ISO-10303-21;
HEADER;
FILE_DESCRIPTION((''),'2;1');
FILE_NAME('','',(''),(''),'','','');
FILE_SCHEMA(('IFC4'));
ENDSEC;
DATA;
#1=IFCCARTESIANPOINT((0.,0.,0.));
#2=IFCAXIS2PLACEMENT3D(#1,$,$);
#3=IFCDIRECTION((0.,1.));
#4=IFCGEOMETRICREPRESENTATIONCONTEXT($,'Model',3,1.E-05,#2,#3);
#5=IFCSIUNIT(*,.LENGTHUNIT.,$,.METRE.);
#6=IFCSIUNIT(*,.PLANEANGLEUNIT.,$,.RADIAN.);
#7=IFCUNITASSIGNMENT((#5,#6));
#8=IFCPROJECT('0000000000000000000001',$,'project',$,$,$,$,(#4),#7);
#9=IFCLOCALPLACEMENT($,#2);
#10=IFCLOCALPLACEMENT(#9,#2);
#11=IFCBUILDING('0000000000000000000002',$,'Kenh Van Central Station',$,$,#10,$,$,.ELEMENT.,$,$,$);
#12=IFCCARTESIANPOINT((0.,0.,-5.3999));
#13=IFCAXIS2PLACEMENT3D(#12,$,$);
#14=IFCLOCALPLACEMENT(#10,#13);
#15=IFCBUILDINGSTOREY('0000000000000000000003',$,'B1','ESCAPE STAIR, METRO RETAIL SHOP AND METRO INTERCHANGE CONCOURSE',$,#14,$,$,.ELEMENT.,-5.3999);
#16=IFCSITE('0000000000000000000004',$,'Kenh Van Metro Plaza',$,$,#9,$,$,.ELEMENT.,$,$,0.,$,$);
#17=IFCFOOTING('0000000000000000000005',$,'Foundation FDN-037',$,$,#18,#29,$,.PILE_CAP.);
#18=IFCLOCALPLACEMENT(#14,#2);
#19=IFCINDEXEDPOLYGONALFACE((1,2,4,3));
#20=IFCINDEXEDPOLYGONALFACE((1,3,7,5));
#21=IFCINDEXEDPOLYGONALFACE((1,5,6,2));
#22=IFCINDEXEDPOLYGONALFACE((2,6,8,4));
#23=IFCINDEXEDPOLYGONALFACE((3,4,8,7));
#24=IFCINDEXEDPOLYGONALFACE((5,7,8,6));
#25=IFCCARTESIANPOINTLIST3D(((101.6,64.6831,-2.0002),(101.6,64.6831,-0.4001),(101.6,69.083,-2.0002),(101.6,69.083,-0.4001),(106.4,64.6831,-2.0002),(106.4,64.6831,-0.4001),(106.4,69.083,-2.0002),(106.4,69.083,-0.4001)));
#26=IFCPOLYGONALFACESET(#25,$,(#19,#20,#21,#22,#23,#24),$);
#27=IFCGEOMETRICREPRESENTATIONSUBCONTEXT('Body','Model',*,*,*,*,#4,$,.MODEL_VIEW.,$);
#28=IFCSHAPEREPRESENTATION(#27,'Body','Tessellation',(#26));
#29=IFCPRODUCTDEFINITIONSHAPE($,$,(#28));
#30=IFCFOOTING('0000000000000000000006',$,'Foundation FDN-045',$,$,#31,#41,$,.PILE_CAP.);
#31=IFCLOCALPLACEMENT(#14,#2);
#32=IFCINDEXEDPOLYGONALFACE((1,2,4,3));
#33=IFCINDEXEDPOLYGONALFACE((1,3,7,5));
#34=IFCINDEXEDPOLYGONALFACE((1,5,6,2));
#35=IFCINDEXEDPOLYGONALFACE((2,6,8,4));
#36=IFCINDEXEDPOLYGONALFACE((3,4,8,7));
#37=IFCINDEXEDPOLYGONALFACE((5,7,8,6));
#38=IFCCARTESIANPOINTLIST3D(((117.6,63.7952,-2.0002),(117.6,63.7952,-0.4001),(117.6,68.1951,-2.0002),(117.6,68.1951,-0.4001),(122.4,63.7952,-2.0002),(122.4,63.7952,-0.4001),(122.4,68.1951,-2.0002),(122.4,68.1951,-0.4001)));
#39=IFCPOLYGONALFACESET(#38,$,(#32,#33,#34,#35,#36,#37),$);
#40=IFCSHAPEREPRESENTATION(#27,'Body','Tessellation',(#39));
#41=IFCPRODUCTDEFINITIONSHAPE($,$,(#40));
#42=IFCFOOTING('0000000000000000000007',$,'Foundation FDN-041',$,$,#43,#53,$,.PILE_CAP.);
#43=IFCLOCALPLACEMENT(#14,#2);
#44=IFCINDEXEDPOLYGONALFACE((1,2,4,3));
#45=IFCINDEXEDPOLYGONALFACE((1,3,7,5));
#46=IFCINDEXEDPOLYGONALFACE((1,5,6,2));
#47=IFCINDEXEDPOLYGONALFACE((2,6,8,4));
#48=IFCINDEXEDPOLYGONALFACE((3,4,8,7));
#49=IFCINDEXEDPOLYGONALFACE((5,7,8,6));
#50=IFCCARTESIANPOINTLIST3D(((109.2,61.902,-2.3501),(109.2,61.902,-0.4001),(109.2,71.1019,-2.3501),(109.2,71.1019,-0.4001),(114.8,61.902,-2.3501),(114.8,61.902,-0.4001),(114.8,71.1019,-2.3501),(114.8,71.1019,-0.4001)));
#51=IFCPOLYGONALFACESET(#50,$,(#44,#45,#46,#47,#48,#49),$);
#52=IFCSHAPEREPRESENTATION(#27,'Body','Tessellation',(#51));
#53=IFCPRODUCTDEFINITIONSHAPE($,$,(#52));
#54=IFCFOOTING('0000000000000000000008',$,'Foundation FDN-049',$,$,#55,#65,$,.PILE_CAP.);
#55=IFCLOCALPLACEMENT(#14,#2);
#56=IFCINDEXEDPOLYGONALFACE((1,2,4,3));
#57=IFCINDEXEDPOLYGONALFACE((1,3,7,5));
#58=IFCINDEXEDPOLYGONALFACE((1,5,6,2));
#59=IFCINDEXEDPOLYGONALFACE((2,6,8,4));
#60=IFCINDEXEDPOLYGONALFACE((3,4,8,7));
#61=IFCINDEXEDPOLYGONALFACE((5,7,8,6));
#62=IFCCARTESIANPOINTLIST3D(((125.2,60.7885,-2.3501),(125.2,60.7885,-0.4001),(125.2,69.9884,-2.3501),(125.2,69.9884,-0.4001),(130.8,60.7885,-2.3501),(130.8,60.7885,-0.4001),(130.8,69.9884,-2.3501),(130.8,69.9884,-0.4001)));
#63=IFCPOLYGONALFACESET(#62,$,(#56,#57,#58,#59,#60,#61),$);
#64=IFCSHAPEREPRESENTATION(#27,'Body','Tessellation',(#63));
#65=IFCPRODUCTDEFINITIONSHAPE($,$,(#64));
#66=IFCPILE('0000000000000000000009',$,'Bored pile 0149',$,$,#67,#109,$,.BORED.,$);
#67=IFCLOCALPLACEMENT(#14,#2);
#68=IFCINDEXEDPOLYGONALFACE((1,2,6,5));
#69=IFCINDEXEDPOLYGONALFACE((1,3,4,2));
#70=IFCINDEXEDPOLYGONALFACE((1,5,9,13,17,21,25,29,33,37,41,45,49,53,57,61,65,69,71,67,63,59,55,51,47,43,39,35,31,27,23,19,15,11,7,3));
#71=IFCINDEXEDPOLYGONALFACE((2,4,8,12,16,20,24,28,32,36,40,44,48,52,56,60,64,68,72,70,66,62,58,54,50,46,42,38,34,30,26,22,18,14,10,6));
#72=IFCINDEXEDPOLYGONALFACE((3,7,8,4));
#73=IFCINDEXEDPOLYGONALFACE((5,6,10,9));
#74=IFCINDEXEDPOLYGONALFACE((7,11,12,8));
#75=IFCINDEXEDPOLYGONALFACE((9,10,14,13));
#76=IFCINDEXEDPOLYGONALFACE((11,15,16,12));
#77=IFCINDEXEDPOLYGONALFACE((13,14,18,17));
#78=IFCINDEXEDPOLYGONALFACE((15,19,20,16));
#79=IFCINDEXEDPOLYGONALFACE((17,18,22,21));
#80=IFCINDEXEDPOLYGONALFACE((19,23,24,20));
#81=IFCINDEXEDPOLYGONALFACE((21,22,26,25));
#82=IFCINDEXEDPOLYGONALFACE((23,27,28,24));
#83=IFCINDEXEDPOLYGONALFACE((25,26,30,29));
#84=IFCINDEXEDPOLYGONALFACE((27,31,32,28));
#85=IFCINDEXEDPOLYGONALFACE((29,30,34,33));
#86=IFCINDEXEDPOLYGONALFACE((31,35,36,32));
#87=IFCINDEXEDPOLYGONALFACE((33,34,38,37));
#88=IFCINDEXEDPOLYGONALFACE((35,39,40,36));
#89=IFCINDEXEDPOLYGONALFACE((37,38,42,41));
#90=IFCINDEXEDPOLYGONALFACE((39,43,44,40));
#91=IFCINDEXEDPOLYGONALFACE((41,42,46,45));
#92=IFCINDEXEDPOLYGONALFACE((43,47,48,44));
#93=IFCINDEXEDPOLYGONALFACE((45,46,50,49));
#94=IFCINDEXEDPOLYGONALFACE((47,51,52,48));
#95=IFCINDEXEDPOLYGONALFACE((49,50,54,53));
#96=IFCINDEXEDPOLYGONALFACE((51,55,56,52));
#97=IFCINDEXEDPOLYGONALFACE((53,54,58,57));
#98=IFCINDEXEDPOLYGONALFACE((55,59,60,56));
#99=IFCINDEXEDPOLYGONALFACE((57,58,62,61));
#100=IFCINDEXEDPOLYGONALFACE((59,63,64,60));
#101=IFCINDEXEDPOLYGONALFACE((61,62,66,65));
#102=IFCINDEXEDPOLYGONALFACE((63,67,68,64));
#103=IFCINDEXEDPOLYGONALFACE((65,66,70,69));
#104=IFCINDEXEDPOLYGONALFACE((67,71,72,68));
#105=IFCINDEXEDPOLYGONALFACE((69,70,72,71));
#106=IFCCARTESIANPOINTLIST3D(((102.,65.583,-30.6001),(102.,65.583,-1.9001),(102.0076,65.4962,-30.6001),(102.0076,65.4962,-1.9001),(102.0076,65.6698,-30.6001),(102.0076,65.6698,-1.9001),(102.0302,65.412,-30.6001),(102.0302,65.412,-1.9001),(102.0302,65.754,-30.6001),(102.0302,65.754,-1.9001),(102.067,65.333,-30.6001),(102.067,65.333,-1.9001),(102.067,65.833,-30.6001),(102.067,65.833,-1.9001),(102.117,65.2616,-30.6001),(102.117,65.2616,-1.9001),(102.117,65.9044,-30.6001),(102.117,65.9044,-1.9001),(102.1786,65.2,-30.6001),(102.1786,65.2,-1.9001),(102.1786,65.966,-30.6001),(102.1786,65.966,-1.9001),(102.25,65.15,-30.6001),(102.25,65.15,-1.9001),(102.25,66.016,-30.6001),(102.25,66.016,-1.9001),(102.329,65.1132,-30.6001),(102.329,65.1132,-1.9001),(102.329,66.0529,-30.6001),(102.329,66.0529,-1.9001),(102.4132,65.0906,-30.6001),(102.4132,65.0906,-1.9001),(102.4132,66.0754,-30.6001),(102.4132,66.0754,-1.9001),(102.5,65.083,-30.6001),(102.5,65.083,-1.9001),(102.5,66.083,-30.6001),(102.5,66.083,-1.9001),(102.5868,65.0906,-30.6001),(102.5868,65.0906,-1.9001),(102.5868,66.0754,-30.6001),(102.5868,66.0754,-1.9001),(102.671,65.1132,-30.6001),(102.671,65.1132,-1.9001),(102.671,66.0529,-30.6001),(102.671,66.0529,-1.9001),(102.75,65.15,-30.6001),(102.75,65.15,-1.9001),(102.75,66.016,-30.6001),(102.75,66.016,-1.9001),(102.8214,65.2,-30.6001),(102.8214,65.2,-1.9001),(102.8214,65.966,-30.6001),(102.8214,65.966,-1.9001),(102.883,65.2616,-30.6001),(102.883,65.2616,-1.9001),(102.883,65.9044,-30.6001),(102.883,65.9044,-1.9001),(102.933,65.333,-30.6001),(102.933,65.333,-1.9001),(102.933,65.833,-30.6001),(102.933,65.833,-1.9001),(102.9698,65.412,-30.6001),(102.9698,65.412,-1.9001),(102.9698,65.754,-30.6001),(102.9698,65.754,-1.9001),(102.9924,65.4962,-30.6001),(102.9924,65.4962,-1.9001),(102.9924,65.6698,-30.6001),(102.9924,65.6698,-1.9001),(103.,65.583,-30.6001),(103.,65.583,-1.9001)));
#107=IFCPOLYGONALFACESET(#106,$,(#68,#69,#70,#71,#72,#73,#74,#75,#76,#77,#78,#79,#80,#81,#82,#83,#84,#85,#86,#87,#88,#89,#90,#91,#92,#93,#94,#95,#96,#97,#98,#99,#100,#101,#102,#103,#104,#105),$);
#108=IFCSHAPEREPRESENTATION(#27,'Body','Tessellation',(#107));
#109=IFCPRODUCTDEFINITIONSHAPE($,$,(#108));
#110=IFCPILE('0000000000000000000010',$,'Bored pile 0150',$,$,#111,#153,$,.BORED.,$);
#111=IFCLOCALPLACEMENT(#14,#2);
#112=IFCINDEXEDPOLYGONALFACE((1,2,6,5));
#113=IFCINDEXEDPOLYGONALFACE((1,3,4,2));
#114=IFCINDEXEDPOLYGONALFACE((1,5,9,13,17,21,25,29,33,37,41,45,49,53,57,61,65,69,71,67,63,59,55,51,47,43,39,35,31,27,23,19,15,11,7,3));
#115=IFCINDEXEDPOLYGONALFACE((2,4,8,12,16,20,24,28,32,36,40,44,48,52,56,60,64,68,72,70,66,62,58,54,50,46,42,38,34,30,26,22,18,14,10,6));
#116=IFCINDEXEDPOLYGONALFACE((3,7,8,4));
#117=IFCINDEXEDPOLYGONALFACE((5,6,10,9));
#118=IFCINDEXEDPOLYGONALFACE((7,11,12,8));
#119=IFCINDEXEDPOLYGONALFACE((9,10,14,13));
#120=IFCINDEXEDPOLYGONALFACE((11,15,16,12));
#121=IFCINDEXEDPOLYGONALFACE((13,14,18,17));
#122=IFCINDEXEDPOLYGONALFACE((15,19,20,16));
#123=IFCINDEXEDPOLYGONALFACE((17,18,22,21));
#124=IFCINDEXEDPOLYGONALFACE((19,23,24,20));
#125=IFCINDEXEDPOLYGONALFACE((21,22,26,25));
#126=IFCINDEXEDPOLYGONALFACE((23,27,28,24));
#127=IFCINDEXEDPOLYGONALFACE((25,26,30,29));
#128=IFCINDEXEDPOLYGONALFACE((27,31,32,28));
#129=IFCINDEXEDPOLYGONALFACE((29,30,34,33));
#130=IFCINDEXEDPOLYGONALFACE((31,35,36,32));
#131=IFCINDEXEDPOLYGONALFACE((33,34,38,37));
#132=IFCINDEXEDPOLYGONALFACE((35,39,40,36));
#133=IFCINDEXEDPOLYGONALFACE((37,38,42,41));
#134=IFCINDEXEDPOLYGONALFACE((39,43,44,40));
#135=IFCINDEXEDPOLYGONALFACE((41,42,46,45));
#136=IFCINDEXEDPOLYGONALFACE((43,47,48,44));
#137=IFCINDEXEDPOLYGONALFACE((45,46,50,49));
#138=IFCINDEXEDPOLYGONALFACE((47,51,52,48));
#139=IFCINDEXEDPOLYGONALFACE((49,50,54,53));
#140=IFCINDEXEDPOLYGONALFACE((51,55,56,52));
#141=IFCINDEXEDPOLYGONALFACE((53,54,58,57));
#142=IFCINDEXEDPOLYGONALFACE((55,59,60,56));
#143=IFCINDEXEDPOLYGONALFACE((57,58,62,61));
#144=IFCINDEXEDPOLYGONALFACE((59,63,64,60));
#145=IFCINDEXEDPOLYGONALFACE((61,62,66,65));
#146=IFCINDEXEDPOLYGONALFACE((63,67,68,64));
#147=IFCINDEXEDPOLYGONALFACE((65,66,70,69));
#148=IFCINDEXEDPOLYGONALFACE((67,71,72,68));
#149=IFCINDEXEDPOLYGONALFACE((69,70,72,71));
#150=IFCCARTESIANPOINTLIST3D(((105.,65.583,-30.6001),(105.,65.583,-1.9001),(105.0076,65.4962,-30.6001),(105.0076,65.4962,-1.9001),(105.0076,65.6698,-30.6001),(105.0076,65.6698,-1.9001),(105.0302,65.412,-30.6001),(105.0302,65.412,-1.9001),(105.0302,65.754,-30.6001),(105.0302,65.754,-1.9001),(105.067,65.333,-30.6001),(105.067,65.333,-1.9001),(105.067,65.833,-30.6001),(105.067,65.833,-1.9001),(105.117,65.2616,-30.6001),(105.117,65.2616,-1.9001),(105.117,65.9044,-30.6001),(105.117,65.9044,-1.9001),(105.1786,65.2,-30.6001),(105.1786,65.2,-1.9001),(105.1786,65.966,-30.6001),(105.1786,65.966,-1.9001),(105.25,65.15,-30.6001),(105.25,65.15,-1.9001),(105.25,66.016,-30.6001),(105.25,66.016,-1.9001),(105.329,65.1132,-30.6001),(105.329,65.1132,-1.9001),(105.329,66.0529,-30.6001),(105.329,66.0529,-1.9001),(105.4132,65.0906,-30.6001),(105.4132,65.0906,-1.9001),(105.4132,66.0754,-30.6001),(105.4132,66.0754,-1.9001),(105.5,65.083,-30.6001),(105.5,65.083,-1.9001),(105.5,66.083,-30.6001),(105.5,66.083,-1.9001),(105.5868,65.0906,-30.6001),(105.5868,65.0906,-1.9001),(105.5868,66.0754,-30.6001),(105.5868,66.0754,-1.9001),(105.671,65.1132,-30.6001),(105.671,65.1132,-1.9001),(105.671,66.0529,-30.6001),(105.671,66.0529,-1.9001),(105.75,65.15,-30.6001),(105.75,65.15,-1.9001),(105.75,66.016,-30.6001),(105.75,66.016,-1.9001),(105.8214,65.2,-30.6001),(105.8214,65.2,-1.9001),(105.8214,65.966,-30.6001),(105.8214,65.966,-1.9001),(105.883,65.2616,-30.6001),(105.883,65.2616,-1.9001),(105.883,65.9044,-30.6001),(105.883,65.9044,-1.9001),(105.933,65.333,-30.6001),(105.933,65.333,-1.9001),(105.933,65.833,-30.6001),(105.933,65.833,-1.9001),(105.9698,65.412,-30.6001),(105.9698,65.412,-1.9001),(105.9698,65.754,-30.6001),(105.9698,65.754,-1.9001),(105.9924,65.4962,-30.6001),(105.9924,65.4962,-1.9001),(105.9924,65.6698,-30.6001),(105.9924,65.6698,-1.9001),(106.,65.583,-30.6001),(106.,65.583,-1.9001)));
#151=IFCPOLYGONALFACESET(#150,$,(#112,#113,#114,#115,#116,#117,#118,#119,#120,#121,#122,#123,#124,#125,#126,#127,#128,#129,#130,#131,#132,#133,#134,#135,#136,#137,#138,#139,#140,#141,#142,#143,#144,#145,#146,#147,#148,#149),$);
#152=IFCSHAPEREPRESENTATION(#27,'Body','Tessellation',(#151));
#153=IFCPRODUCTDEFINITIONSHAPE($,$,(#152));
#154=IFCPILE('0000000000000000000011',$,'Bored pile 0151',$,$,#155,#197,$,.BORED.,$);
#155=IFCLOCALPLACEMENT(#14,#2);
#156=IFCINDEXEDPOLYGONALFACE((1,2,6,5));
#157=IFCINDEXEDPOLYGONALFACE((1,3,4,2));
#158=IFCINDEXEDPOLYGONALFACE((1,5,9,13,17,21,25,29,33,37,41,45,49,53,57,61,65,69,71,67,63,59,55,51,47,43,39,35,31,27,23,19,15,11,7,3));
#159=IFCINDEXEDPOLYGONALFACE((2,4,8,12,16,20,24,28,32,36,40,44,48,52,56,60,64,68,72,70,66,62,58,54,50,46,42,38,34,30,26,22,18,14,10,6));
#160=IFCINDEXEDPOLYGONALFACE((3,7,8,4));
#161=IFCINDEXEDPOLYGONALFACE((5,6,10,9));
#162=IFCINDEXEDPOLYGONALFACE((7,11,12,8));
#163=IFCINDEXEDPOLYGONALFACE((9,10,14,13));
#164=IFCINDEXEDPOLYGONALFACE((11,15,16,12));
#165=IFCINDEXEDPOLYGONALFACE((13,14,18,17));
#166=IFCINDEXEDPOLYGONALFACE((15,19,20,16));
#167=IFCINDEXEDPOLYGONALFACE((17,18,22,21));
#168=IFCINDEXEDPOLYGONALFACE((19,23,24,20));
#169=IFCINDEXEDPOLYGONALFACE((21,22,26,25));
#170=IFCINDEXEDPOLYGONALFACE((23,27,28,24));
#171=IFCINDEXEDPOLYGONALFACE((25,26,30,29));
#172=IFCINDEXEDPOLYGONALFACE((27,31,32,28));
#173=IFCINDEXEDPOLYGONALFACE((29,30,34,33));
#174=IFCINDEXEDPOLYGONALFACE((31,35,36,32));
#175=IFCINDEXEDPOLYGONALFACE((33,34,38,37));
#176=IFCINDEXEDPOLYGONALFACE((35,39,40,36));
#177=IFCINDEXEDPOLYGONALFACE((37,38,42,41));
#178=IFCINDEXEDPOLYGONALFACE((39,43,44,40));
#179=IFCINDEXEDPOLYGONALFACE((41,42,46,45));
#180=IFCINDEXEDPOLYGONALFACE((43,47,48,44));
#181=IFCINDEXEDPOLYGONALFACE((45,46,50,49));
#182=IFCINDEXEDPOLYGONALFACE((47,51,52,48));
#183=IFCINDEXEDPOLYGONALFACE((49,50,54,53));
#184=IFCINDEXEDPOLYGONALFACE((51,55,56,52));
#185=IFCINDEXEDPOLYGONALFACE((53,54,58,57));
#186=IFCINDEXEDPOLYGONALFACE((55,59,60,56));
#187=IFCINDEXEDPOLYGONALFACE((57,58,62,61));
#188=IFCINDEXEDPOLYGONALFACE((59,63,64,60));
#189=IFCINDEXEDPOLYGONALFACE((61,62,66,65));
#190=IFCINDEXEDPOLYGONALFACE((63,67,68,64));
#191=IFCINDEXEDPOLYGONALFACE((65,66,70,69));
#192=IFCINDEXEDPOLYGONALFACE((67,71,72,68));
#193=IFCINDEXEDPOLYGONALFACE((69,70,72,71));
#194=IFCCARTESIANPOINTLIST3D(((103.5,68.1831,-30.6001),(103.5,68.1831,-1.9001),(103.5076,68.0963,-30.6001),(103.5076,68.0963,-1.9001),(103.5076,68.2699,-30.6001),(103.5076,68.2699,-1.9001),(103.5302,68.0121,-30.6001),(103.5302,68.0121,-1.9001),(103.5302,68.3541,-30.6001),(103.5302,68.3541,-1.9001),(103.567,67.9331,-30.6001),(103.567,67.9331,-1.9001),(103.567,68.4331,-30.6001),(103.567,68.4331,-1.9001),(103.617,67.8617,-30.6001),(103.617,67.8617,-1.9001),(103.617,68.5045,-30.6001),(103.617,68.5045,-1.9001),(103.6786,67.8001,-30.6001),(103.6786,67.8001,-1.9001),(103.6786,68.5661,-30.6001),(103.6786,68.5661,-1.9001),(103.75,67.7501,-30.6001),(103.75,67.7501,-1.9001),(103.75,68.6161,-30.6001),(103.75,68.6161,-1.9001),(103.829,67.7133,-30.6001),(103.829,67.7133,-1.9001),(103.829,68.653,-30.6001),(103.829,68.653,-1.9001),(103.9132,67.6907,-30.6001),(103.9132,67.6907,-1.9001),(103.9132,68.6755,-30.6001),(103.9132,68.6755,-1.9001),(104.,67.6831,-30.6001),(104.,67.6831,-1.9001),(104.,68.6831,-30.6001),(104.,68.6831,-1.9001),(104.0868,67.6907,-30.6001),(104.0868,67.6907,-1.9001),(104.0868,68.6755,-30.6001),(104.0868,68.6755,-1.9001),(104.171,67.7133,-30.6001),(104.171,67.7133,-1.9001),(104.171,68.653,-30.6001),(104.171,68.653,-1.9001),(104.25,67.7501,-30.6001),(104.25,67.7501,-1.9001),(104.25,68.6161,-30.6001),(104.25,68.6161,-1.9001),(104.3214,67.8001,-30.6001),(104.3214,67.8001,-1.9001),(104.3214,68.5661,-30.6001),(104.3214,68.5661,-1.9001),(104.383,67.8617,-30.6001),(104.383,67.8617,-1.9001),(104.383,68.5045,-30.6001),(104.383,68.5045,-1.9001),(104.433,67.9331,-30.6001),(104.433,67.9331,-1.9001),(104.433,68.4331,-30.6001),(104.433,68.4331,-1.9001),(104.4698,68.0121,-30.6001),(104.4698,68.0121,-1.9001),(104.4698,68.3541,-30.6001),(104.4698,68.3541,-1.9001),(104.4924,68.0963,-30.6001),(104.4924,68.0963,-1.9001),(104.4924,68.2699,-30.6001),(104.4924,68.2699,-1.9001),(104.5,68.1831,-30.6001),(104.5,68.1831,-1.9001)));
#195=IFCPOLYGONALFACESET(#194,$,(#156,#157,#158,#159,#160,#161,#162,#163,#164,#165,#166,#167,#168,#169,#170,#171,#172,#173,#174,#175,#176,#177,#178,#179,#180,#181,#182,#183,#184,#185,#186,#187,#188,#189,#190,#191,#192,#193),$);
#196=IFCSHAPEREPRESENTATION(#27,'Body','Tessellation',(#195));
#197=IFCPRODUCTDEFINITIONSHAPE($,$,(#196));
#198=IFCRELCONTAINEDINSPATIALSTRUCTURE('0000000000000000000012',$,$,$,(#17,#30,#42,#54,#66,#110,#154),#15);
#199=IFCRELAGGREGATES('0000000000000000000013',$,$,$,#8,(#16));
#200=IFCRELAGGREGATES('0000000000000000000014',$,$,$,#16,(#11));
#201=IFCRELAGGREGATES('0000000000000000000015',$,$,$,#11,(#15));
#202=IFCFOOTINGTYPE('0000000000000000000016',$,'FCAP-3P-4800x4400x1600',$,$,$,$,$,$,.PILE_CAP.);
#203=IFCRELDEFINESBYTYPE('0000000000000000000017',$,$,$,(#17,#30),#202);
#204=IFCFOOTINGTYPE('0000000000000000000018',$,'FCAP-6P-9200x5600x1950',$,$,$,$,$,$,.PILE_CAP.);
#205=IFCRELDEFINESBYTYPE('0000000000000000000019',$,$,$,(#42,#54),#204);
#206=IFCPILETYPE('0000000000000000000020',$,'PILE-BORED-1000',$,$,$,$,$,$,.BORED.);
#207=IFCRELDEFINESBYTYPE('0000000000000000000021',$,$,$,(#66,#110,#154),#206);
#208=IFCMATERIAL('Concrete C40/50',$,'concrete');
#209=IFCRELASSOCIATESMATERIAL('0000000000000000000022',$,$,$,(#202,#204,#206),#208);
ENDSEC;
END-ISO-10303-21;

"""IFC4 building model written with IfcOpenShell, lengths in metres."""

from ifc_helpers import new_model, si_unit, direction, frame, origin, origin_2d, place, context, subcontext, project, spatial, rectangle, circle, extrude, material, material_profile, profile_set, type_object, element, save


model = new_model("IFC4")

# Units and contexts
model_context = context("Model", 3, precision=1e-05, world=origin(), true_north=direction((0.0, 1.0)))
body_context = subcontext(model_context, "Body", "Model", "MODEL_VIEW")
ifc_project = project(units=[si_unit("LENGTHUNIT", "METRE"), si_unit("PLANEANGLEUNIT", "RADIAN")], contexts=[model_context])

# Site, building, storey
site_placement = place(None, origin())
site = spatial("IfcSite", under=ifc_project, at=site_placement, Name="Kenh Van Metro Plaza", CompositionType="ELEMENT", RefElevation=0.0)
building_placement = place(site_placement, origin())
building = spatial("IfcBuilding", under=site, at=building_placement, Name="Kenh Van Central Station", CompositionType="ELEMENT")
storey_placement = place(building_placement, frame((0.0, 0.0, -5.3999)))
storey = spatial("IfcBuildingStorey", under=building, at=storey_placement, Name="B1", Description="ESCAPE STAIR, METRO RETAIL SHOP AND METRO INTERCHANGE CONCOURSE", CompositionType="ELEMENT", Elevation=-5.3999)

# Footings
ifc_material = material(Name="Concrete C40/50", Category="concrete")
footing_type_1 = type_object("IfcFootingType", Name="FCAP-3P-4800x4400x1600", PredefinedType="PILE_CAP", material=ifc_material)
for number, where, z_axis, x_axis, name in (
    (1, (104.0, 66.8831, -2.0002), (0.0, 0.0, 1.0), (1.0, 0.0, 0.0), "Foundation FDN-037"),
    (2, (120.0, 65.9951, -2.0002), (0.0, 0.0, 1.0), (1.0, 0.0, 0.0), "Foundation FDN-045"),
):
    element("IfcFooting", number, at=place(storey_placement, frame(where, z_axis=z_axis, x_axis=x_axis)), inside=storey, type_object=footing_type_1, Name=name, PredefinedType="PILE_CAP", context=body_context, shape_type="SweptSolid", body=[
        extrude(rectangle(XDim=4.8, YDim=4.3999, at=origin_2d()), origin(), (0.0, 0.0, 1.0), 1.6001),
    ])
footing_type_2 = type_object("IfcFootingType", Name="FCAP-6P-9200x5600x1950", PredefinedType="PILE_CAP", material=ifc_material)
for number, where, z_axis, x_axis, name in (
    (3, (112.0, 66.502, -2.3501), (0.0, 0.0, 1.0), (0.0, 1.0, 0.0), "Foundation FDN-041"),
    (4, (128.0, 65.3884, -2.3501), (0.0, 0.0, 1.0), (0.0, 1.0, 0.0), "Foundation FDN-049"),
):
    element("IfcFooting", number, at=place(storey_placement, frame(where, z_axis=z_axis, x_axis=x_axis)), inside=storey, type_object=footing_type_2, Name=name, PredefinedType="PILE_CAP", context=body_context, shape_type="SweptSolid", body=[
        extrude(rectangle(XDim=9.2, YDim=5.6001, at=origin_2d()), origin(), (0.0, 0.0, 1.0), 1.95),
    ])

# Piles
ifc_material_profile_1 = material_profile(ifc_material, circle(Radius=0.5, at=origin_2d()), Name="PILE D1000")
ifc_profile_set_1 = profile_set([ifc_material_profile_1], Name="Concrete C40/50")
pile_type_1 = type_object("IfcPileType", Name="PILE-BORED-1000", PredefinedType="BORED", material=ifc_profile_set_1)
for number, where, z_axis, x_axis, name in (
    (5, (102.5, 65.583, -1.9001), (0.0, 0.0, -1.0), (1.0, 0.0, 0.0), "Bored pile 0149"),
    (6, (105.5, 65.583, -1.9001), (0.0, 0.0, -1.0), (1.0, 0.0, 0.0), "Bored pile 0150"),
    (7, (104.0, 68.1831, -1.9001), (0.0, 0.0, -1.0), (1.0, 0.0, 0.0), "Bored pile 0151"),
):
    element("IfcPile", number, at=place(storey_placement, frame(where, z_axis=z_axis, x_axis=x_axis)), inside=storey, type_object=pile_type_1, Name=name, PredefinedType="BORED", context=body_context, shape_type="SweptSolid", body=[
        extrude(circle(Radius=0.5, at=origin_2d()), origin(), (0.0, 0.0, 1.0), 28.7),
    ])

save(model, "model.ifc")
